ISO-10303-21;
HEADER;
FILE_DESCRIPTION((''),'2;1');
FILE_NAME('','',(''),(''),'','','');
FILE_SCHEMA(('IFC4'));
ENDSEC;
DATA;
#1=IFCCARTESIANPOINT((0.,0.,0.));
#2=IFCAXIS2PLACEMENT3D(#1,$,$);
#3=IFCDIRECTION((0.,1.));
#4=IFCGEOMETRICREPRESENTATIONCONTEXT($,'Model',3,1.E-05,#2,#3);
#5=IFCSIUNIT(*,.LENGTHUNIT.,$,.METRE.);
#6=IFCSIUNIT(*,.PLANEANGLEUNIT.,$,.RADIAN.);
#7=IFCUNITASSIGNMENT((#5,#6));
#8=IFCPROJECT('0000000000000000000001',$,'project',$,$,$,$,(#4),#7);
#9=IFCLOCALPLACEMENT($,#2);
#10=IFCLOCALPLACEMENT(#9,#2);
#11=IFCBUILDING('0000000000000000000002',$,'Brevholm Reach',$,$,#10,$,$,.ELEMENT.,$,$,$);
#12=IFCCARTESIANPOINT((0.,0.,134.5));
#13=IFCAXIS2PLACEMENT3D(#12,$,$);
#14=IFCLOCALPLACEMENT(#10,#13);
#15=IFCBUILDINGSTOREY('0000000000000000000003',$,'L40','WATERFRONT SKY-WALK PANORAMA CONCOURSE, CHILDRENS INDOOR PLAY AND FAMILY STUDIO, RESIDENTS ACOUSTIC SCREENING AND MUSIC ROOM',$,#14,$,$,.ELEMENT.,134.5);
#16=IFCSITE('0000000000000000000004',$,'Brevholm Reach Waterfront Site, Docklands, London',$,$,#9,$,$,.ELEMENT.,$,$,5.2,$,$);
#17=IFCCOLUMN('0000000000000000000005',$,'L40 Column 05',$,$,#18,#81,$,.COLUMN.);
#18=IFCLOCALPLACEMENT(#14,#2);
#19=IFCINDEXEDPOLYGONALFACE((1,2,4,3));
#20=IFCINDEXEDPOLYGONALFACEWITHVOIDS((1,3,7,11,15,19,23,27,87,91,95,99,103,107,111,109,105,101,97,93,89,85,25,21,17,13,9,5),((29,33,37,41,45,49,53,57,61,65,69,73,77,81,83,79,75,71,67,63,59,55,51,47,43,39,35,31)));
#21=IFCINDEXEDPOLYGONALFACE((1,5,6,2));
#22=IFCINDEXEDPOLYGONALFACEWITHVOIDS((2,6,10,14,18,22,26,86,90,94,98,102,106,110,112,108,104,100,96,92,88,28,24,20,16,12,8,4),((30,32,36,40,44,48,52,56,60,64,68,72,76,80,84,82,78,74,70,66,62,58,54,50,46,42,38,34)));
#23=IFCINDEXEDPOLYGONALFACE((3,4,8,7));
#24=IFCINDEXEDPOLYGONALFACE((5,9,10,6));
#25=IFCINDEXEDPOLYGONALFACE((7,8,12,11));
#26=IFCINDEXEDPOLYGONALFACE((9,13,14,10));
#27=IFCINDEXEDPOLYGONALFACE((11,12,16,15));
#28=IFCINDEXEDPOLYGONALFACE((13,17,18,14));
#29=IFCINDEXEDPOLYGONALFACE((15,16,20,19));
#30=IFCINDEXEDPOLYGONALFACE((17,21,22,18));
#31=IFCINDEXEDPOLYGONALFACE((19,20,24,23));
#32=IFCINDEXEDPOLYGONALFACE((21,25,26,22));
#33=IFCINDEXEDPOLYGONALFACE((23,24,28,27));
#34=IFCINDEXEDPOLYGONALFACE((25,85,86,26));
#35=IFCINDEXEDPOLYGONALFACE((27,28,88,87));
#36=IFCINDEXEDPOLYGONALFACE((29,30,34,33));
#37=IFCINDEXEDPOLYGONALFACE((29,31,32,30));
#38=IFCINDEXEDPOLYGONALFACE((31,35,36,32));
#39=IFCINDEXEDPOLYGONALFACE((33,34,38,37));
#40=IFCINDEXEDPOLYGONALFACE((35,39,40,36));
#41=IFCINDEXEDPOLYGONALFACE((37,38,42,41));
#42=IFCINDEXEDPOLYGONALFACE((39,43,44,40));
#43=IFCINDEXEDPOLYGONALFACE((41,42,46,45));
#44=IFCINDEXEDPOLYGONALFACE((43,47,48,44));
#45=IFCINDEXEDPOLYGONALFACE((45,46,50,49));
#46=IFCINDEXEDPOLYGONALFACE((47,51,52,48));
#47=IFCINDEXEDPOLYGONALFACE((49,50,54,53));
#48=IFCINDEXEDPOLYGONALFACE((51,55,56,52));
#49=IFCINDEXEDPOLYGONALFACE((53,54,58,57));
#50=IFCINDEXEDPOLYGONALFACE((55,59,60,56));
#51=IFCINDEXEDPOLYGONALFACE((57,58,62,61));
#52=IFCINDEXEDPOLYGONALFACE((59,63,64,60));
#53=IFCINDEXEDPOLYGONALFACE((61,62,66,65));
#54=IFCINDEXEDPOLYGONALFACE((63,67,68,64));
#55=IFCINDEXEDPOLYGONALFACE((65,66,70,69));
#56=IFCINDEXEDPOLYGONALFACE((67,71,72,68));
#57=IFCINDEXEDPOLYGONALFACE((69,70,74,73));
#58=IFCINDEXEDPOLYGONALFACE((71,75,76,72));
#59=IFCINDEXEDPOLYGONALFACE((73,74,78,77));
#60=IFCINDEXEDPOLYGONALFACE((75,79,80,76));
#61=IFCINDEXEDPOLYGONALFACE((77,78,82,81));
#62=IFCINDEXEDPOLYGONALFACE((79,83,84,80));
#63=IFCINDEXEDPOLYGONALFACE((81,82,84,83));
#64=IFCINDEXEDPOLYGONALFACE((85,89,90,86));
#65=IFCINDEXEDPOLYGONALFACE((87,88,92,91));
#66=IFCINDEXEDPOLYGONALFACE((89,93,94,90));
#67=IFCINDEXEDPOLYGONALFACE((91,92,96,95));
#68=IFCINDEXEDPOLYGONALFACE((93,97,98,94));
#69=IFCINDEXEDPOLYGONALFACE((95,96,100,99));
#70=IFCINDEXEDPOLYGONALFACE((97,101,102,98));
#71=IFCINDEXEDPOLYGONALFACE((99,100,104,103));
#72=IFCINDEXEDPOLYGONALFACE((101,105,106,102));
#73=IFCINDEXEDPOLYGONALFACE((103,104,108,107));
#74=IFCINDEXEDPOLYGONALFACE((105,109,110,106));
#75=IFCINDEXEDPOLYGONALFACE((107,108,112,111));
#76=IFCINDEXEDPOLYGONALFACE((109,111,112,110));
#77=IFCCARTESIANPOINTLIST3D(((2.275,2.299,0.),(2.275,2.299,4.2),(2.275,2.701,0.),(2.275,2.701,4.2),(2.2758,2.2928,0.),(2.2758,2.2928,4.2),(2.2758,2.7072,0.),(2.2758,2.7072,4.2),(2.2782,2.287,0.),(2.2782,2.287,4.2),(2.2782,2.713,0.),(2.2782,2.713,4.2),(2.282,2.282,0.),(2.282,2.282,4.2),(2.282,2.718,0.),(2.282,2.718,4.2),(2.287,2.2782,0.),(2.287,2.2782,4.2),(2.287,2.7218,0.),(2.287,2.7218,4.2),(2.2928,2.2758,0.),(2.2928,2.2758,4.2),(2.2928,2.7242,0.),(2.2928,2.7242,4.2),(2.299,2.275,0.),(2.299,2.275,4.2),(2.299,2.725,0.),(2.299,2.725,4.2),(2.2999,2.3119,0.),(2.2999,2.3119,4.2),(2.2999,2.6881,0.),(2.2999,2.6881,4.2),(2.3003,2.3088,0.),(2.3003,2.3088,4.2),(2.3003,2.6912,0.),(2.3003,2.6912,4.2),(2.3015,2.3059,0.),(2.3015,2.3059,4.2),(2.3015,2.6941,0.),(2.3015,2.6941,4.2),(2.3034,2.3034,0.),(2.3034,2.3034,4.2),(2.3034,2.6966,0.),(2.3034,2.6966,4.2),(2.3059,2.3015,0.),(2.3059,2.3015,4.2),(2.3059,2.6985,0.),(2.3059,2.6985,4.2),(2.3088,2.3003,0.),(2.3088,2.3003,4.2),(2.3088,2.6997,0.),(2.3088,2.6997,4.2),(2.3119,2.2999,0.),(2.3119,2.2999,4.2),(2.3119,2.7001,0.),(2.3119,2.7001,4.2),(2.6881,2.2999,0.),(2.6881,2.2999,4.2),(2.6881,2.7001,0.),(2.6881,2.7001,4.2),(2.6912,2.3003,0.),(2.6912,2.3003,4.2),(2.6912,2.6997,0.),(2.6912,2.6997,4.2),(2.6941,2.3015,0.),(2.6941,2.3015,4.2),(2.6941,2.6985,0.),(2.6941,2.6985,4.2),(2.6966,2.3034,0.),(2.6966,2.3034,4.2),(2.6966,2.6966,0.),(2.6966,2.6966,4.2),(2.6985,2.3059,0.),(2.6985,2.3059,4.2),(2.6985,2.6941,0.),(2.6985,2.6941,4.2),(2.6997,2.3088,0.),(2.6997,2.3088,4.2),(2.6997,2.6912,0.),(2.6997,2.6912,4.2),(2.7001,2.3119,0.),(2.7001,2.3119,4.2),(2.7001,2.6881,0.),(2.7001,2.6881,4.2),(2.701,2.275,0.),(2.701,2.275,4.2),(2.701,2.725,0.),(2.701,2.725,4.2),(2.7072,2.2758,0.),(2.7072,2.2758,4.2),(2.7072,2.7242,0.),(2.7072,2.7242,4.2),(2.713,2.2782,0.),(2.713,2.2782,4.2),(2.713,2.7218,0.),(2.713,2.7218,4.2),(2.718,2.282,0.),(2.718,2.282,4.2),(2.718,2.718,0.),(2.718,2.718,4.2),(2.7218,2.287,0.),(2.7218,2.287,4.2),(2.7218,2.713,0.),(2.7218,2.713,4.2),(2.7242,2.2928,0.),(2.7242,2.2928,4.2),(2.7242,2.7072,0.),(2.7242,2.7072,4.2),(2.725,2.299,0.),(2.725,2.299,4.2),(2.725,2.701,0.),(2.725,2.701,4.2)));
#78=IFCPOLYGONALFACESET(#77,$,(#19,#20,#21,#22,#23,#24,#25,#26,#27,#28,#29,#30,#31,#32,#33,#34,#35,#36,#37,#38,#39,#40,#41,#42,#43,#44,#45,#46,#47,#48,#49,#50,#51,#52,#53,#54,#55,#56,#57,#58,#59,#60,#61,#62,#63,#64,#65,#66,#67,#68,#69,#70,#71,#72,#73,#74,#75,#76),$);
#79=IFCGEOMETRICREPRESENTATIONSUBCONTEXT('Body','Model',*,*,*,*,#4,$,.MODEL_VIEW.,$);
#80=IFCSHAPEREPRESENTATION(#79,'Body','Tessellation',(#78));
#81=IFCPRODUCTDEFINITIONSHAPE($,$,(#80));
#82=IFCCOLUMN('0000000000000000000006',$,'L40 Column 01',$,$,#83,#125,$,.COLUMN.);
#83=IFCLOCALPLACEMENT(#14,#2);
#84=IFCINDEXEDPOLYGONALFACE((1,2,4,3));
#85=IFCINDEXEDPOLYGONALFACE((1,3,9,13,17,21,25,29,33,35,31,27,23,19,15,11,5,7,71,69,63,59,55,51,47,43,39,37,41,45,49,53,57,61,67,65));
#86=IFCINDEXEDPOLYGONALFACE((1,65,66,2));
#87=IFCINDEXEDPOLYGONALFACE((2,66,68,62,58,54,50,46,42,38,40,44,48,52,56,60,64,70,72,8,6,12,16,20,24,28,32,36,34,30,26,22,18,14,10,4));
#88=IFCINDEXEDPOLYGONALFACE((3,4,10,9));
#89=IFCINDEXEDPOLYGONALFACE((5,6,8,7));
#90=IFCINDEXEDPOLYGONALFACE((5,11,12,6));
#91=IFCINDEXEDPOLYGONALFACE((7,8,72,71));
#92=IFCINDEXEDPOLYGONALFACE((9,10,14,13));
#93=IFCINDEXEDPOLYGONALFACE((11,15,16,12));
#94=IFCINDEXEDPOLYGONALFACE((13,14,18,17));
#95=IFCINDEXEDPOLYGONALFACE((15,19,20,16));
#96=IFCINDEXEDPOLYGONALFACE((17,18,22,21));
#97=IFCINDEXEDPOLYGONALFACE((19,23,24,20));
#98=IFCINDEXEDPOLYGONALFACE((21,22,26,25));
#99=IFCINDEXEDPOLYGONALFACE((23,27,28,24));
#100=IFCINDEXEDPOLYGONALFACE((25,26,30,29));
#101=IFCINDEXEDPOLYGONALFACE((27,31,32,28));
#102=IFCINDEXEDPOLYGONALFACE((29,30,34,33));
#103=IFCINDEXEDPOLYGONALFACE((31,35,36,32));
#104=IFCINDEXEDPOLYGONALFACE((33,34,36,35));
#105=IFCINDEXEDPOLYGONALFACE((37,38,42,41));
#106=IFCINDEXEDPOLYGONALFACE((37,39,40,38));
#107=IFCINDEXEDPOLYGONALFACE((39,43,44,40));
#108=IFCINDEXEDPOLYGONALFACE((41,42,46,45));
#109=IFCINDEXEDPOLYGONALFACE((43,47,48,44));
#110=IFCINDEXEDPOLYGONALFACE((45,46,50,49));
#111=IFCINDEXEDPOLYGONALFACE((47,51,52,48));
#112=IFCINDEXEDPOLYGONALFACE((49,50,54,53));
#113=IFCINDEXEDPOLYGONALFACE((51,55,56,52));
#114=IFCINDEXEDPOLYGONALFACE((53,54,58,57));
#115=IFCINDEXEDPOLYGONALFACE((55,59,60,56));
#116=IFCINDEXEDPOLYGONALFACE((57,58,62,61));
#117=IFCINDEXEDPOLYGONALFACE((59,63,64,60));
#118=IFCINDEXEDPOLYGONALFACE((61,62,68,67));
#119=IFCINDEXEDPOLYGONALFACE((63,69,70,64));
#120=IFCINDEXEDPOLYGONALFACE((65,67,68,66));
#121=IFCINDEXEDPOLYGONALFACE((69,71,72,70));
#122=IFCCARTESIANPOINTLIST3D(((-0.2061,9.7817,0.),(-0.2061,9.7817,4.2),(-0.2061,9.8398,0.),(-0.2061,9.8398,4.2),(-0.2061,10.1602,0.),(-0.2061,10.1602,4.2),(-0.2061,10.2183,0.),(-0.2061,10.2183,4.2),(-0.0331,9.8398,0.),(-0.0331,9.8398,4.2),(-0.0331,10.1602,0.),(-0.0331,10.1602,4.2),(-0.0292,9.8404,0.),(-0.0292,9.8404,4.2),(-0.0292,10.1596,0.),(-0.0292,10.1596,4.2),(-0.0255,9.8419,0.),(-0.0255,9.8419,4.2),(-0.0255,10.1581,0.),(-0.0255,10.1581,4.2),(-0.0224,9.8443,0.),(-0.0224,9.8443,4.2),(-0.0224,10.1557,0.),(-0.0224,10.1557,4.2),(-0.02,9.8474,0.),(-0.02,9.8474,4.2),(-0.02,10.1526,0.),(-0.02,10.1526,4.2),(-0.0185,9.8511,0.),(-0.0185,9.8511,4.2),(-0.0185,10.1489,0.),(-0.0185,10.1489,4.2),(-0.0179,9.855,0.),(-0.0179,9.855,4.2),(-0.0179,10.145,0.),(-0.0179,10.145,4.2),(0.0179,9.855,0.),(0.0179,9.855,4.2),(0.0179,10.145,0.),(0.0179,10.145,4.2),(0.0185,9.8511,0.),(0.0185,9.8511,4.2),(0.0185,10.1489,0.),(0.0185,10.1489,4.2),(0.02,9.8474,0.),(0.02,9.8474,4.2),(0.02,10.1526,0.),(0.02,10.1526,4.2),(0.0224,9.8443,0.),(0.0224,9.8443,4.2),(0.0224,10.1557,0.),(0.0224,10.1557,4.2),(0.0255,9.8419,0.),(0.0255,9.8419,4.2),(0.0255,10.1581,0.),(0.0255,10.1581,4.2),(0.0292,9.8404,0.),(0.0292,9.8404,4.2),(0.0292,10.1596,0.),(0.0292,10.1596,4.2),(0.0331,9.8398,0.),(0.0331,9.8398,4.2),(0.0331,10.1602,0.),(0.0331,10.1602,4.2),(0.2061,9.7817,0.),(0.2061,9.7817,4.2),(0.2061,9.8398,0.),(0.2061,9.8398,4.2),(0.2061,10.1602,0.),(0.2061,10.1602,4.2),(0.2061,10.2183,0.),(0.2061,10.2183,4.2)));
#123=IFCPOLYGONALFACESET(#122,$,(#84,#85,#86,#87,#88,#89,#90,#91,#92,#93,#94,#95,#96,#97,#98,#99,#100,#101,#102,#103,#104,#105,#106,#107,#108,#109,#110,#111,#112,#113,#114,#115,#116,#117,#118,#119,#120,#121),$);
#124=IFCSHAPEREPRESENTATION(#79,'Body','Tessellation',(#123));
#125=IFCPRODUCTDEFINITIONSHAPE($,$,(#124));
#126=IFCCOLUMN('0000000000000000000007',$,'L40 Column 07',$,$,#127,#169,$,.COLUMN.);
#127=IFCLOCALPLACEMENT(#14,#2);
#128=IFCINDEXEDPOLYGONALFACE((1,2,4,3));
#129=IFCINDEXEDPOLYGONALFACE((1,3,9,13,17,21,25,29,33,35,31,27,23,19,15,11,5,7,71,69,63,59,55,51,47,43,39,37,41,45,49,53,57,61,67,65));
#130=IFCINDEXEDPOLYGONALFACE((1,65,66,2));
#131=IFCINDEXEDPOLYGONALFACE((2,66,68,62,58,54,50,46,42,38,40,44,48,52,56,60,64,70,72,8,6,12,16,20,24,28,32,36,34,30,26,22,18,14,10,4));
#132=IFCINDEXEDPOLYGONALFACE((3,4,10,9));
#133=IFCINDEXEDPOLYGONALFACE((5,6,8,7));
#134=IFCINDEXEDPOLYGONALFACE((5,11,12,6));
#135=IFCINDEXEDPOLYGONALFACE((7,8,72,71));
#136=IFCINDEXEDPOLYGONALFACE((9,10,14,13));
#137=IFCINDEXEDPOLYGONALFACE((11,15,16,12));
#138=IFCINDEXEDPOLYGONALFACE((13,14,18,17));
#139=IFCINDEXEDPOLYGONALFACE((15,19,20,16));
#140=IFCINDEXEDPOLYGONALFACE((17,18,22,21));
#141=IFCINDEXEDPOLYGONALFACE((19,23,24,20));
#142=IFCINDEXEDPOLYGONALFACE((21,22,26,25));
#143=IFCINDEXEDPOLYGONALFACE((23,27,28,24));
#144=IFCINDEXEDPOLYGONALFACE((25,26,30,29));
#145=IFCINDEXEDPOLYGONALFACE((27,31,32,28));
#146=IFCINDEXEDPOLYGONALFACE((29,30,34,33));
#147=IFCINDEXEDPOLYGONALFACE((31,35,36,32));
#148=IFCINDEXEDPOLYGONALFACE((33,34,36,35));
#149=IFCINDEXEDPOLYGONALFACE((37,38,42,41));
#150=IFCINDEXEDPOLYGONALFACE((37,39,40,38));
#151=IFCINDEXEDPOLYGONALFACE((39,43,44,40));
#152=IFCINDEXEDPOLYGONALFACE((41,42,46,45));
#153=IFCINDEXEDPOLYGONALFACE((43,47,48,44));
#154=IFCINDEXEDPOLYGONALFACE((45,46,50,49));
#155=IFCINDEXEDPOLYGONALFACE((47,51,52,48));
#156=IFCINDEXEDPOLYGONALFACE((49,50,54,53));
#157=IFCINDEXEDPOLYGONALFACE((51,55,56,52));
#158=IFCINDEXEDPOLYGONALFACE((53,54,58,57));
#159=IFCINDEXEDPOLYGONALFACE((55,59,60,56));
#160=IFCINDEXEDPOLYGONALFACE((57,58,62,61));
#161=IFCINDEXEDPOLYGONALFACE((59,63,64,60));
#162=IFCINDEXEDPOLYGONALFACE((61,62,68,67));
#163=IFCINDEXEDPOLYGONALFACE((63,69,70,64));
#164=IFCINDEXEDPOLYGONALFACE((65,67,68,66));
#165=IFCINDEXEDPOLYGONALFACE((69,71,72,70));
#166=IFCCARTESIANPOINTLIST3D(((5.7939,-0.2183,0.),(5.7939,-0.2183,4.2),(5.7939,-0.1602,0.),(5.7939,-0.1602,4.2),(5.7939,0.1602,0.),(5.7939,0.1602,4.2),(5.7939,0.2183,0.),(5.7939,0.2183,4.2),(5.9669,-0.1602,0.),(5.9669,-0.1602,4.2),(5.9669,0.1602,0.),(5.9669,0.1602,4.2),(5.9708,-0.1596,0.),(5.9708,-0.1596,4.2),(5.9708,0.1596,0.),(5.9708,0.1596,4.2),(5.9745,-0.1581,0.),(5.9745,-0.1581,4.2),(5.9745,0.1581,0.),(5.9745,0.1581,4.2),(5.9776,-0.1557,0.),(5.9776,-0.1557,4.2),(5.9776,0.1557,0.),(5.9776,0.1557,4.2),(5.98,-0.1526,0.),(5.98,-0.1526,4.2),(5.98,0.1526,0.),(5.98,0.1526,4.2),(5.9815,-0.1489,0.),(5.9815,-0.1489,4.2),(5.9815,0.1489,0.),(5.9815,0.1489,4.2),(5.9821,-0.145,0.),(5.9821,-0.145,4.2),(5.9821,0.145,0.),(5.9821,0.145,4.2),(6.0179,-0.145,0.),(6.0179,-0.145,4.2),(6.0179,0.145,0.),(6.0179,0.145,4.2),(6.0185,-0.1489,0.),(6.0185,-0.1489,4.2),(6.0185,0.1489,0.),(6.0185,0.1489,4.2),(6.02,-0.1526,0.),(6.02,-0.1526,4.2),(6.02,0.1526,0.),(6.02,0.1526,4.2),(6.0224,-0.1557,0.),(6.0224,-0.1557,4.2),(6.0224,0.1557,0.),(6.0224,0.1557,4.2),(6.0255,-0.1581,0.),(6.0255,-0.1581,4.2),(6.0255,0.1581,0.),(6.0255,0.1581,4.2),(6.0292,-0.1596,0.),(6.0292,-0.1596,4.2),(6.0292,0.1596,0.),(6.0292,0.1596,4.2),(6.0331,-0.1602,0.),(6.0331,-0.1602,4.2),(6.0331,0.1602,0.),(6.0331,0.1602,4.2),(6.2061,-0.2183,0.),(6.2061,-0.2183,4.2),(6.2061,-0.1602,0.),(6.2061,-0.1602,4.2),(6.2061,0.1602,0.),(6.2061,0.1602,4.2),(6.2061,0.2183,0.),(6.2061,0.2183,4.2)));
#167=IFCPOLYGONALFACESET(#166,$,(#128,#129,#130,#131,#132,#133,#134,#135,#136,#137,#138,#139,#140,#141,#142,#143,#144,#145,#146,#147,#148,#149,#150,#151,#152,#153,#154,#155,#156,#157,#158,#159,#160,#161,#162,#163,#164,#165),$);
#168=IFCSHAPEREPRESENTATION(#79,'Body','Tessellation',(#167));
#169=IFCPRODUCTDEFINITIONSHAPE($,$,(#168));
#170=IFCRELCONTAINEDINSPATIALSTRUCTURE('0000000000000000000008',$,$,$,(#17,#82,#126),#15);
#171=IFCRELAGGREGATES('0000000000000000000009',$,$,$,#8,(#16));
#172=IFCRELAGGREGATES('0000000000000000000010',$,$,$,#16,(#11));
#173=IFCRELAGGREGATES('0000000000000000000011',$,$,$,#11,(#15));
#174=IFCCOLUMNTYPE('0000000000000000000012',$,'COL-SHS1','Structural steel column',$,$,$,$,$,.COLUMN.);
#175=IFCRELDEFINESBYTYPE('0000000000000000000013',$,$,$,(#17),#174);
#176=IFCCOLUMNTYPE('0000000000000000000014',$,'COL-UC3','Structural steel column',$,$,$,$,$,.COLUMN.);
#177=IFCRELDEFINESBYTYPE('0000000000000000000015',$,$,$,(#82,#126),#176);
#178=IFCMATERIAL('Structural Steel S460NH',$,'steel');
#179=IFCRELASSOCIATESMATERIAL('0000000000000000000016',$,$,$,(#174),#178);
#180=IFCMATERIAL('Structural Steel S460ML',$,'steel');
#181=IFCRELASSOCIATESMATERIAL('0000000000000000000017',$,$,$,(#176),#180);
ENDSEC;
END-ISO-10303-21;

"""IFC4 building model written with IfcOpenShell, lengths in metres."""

from ifc_helpers import new_model, si_unit, direction, frame, origin, origin_2d, place, context, subcontext, project, spatial, hollow_rectangle, i_section, extrude, material, material_profile, profile_set, type_object, element, save


model = new_model("IFC4")

# Units and contexts
model_context = context("Model", 3, precision=1e-05, world=origin(), true_north=direction((0.0, 1.0)))
body_context = subcontext(model_context, "Body", "Model", "MODEL_VIEW")
ifc_project = project(units=[si_unit("LENGTHUNIT", "METRE"), si_unit("PLANEANGLEUNIT", "RADIAN")], contexts=[model_context])

# Site, building, storey
site_placement = place(None, origin())
site = spatial("IfcSite", under=ifc_project, at=site_placement, Name="Brevholm Reach Waterfront Site, Docklands, London", CompositionType="ELEMENT", RefElevation=5.2)
building_placement = place(site_placement, origin())
building = spatial("IfcBuilding", under=site, at=building_placement, Name="Brevholm Reach", CompositionType="ELEMENT")
storey_placement = place(building_placement, frame((0.0, 0.0, 134.5)))
storey = spatial("IfcBuildingStorey", under=building, at=storey_placement, Name="L40", Description="WATERFRONT SKY-WALK PANORAMA CONCOURSE, CHILDRENS INDOOR PLAY AND FAMILY STUDIO, RESIDENTS ACOUSTIC SCREENING AND MUSIC ROOM", CompositionType="ELEMENT", Elevation=134.5)

# Columns
ifc_material_1 = material(Name="Structural Steel S460NH", Category="steel")
ifc_material_profile_1 = material_profile(ifc_material_1, hollow_rectangle(XDim=0.45, YDim=0.45, WallThickness=0.0249, InnerFilletRadius=0.012, OuterFilletRadius=0.0239, at=origin_2d()), Name="SHS 450x450x25")
ifc_profile_set_1 = profile_set([ifc_material_profile_1], Name="Structural Steel S460NH")
column_type_1 = type_object("IfcColumnType", Name="COL-SHS1", Description="Structural steel column", PredefinedType="COLUMN", material=ifc_profile_set_1)
column_1_placement = place(storey_placement, frame((2.5, 2.5, 0.0), z_axis=(0.0, 0.0, 1.0), x_axis=(1.0, 0.0, 0.0)))
element("IfcColumn", 1, at=column_1_placement, inside=storey, type_object=column_type_1, Name="L40 Column 05", PredefinedType="COLUMN", context=body_context, shape_type="SweptSolid", body=[
    extrude(hollow_rectangle(XDim=0.45, YDim=0.45, WallThickness=0.0249, InnerFilletRadius=0.012, OuterFilletRadius=0.0239, at=origin_2d()), origin(), (0.0, 0.0, 1.0), 4.2),
])
ifc_material_2 = material(Name="Structural Steel S460ML", Category="steel")
ifc_material_profile_2 = material_profile(ifc_material_2, i_section(OverallWidth=0.4121, OverallDepth=0.4365, WebThickness=0.0359, FlangeThickness=0.0581, FilletRadius=0.0151, at=origin_2d()), Name="UKC 356x406x467")
ifc_profile_set_2 = profile_set([ifc_material_profile_2], Name="Structural Steel S460ML")
column_type_2 = type_object("IfcColumnType", Name="COL-UC3", Description="Structural steel column", PredefinedType="COLUMN", material=ifc_profile_set_2)
for number, where, z_axis, x_axis, name in (
    (2, (0.0, 10.0, 0.0), (0.0, 0.0, 1.0), (1.0, 0.0, 0.0), "L40 Column 01"),
    (3, (6.0, 0.0, 0.0), (0.0, 0.0, 1.0), (1.0, 0.0, 0.0), "L40 Column 07"),
):
    element("IfcColumn", number, at=place(storey_placement, frame(where, z_axis=z_axis, x_axis=x_axis)), inside=storey, type_object=column_type_2, Name=name, PredefinedType="COLUMN", context=body_context, shape_type="SweptSolid", body=[
        extrude(i_section(OverallWidth=0.4121, OverallDepth=0.4365, WebThickness=0.0359, FlangeThickness=0.0581, FilletRadius=0.0151, at=origin_2d()), origin(), (0.0, 0.0, 1.0), 4.2),
    ])

save(model, "model.ifc")
